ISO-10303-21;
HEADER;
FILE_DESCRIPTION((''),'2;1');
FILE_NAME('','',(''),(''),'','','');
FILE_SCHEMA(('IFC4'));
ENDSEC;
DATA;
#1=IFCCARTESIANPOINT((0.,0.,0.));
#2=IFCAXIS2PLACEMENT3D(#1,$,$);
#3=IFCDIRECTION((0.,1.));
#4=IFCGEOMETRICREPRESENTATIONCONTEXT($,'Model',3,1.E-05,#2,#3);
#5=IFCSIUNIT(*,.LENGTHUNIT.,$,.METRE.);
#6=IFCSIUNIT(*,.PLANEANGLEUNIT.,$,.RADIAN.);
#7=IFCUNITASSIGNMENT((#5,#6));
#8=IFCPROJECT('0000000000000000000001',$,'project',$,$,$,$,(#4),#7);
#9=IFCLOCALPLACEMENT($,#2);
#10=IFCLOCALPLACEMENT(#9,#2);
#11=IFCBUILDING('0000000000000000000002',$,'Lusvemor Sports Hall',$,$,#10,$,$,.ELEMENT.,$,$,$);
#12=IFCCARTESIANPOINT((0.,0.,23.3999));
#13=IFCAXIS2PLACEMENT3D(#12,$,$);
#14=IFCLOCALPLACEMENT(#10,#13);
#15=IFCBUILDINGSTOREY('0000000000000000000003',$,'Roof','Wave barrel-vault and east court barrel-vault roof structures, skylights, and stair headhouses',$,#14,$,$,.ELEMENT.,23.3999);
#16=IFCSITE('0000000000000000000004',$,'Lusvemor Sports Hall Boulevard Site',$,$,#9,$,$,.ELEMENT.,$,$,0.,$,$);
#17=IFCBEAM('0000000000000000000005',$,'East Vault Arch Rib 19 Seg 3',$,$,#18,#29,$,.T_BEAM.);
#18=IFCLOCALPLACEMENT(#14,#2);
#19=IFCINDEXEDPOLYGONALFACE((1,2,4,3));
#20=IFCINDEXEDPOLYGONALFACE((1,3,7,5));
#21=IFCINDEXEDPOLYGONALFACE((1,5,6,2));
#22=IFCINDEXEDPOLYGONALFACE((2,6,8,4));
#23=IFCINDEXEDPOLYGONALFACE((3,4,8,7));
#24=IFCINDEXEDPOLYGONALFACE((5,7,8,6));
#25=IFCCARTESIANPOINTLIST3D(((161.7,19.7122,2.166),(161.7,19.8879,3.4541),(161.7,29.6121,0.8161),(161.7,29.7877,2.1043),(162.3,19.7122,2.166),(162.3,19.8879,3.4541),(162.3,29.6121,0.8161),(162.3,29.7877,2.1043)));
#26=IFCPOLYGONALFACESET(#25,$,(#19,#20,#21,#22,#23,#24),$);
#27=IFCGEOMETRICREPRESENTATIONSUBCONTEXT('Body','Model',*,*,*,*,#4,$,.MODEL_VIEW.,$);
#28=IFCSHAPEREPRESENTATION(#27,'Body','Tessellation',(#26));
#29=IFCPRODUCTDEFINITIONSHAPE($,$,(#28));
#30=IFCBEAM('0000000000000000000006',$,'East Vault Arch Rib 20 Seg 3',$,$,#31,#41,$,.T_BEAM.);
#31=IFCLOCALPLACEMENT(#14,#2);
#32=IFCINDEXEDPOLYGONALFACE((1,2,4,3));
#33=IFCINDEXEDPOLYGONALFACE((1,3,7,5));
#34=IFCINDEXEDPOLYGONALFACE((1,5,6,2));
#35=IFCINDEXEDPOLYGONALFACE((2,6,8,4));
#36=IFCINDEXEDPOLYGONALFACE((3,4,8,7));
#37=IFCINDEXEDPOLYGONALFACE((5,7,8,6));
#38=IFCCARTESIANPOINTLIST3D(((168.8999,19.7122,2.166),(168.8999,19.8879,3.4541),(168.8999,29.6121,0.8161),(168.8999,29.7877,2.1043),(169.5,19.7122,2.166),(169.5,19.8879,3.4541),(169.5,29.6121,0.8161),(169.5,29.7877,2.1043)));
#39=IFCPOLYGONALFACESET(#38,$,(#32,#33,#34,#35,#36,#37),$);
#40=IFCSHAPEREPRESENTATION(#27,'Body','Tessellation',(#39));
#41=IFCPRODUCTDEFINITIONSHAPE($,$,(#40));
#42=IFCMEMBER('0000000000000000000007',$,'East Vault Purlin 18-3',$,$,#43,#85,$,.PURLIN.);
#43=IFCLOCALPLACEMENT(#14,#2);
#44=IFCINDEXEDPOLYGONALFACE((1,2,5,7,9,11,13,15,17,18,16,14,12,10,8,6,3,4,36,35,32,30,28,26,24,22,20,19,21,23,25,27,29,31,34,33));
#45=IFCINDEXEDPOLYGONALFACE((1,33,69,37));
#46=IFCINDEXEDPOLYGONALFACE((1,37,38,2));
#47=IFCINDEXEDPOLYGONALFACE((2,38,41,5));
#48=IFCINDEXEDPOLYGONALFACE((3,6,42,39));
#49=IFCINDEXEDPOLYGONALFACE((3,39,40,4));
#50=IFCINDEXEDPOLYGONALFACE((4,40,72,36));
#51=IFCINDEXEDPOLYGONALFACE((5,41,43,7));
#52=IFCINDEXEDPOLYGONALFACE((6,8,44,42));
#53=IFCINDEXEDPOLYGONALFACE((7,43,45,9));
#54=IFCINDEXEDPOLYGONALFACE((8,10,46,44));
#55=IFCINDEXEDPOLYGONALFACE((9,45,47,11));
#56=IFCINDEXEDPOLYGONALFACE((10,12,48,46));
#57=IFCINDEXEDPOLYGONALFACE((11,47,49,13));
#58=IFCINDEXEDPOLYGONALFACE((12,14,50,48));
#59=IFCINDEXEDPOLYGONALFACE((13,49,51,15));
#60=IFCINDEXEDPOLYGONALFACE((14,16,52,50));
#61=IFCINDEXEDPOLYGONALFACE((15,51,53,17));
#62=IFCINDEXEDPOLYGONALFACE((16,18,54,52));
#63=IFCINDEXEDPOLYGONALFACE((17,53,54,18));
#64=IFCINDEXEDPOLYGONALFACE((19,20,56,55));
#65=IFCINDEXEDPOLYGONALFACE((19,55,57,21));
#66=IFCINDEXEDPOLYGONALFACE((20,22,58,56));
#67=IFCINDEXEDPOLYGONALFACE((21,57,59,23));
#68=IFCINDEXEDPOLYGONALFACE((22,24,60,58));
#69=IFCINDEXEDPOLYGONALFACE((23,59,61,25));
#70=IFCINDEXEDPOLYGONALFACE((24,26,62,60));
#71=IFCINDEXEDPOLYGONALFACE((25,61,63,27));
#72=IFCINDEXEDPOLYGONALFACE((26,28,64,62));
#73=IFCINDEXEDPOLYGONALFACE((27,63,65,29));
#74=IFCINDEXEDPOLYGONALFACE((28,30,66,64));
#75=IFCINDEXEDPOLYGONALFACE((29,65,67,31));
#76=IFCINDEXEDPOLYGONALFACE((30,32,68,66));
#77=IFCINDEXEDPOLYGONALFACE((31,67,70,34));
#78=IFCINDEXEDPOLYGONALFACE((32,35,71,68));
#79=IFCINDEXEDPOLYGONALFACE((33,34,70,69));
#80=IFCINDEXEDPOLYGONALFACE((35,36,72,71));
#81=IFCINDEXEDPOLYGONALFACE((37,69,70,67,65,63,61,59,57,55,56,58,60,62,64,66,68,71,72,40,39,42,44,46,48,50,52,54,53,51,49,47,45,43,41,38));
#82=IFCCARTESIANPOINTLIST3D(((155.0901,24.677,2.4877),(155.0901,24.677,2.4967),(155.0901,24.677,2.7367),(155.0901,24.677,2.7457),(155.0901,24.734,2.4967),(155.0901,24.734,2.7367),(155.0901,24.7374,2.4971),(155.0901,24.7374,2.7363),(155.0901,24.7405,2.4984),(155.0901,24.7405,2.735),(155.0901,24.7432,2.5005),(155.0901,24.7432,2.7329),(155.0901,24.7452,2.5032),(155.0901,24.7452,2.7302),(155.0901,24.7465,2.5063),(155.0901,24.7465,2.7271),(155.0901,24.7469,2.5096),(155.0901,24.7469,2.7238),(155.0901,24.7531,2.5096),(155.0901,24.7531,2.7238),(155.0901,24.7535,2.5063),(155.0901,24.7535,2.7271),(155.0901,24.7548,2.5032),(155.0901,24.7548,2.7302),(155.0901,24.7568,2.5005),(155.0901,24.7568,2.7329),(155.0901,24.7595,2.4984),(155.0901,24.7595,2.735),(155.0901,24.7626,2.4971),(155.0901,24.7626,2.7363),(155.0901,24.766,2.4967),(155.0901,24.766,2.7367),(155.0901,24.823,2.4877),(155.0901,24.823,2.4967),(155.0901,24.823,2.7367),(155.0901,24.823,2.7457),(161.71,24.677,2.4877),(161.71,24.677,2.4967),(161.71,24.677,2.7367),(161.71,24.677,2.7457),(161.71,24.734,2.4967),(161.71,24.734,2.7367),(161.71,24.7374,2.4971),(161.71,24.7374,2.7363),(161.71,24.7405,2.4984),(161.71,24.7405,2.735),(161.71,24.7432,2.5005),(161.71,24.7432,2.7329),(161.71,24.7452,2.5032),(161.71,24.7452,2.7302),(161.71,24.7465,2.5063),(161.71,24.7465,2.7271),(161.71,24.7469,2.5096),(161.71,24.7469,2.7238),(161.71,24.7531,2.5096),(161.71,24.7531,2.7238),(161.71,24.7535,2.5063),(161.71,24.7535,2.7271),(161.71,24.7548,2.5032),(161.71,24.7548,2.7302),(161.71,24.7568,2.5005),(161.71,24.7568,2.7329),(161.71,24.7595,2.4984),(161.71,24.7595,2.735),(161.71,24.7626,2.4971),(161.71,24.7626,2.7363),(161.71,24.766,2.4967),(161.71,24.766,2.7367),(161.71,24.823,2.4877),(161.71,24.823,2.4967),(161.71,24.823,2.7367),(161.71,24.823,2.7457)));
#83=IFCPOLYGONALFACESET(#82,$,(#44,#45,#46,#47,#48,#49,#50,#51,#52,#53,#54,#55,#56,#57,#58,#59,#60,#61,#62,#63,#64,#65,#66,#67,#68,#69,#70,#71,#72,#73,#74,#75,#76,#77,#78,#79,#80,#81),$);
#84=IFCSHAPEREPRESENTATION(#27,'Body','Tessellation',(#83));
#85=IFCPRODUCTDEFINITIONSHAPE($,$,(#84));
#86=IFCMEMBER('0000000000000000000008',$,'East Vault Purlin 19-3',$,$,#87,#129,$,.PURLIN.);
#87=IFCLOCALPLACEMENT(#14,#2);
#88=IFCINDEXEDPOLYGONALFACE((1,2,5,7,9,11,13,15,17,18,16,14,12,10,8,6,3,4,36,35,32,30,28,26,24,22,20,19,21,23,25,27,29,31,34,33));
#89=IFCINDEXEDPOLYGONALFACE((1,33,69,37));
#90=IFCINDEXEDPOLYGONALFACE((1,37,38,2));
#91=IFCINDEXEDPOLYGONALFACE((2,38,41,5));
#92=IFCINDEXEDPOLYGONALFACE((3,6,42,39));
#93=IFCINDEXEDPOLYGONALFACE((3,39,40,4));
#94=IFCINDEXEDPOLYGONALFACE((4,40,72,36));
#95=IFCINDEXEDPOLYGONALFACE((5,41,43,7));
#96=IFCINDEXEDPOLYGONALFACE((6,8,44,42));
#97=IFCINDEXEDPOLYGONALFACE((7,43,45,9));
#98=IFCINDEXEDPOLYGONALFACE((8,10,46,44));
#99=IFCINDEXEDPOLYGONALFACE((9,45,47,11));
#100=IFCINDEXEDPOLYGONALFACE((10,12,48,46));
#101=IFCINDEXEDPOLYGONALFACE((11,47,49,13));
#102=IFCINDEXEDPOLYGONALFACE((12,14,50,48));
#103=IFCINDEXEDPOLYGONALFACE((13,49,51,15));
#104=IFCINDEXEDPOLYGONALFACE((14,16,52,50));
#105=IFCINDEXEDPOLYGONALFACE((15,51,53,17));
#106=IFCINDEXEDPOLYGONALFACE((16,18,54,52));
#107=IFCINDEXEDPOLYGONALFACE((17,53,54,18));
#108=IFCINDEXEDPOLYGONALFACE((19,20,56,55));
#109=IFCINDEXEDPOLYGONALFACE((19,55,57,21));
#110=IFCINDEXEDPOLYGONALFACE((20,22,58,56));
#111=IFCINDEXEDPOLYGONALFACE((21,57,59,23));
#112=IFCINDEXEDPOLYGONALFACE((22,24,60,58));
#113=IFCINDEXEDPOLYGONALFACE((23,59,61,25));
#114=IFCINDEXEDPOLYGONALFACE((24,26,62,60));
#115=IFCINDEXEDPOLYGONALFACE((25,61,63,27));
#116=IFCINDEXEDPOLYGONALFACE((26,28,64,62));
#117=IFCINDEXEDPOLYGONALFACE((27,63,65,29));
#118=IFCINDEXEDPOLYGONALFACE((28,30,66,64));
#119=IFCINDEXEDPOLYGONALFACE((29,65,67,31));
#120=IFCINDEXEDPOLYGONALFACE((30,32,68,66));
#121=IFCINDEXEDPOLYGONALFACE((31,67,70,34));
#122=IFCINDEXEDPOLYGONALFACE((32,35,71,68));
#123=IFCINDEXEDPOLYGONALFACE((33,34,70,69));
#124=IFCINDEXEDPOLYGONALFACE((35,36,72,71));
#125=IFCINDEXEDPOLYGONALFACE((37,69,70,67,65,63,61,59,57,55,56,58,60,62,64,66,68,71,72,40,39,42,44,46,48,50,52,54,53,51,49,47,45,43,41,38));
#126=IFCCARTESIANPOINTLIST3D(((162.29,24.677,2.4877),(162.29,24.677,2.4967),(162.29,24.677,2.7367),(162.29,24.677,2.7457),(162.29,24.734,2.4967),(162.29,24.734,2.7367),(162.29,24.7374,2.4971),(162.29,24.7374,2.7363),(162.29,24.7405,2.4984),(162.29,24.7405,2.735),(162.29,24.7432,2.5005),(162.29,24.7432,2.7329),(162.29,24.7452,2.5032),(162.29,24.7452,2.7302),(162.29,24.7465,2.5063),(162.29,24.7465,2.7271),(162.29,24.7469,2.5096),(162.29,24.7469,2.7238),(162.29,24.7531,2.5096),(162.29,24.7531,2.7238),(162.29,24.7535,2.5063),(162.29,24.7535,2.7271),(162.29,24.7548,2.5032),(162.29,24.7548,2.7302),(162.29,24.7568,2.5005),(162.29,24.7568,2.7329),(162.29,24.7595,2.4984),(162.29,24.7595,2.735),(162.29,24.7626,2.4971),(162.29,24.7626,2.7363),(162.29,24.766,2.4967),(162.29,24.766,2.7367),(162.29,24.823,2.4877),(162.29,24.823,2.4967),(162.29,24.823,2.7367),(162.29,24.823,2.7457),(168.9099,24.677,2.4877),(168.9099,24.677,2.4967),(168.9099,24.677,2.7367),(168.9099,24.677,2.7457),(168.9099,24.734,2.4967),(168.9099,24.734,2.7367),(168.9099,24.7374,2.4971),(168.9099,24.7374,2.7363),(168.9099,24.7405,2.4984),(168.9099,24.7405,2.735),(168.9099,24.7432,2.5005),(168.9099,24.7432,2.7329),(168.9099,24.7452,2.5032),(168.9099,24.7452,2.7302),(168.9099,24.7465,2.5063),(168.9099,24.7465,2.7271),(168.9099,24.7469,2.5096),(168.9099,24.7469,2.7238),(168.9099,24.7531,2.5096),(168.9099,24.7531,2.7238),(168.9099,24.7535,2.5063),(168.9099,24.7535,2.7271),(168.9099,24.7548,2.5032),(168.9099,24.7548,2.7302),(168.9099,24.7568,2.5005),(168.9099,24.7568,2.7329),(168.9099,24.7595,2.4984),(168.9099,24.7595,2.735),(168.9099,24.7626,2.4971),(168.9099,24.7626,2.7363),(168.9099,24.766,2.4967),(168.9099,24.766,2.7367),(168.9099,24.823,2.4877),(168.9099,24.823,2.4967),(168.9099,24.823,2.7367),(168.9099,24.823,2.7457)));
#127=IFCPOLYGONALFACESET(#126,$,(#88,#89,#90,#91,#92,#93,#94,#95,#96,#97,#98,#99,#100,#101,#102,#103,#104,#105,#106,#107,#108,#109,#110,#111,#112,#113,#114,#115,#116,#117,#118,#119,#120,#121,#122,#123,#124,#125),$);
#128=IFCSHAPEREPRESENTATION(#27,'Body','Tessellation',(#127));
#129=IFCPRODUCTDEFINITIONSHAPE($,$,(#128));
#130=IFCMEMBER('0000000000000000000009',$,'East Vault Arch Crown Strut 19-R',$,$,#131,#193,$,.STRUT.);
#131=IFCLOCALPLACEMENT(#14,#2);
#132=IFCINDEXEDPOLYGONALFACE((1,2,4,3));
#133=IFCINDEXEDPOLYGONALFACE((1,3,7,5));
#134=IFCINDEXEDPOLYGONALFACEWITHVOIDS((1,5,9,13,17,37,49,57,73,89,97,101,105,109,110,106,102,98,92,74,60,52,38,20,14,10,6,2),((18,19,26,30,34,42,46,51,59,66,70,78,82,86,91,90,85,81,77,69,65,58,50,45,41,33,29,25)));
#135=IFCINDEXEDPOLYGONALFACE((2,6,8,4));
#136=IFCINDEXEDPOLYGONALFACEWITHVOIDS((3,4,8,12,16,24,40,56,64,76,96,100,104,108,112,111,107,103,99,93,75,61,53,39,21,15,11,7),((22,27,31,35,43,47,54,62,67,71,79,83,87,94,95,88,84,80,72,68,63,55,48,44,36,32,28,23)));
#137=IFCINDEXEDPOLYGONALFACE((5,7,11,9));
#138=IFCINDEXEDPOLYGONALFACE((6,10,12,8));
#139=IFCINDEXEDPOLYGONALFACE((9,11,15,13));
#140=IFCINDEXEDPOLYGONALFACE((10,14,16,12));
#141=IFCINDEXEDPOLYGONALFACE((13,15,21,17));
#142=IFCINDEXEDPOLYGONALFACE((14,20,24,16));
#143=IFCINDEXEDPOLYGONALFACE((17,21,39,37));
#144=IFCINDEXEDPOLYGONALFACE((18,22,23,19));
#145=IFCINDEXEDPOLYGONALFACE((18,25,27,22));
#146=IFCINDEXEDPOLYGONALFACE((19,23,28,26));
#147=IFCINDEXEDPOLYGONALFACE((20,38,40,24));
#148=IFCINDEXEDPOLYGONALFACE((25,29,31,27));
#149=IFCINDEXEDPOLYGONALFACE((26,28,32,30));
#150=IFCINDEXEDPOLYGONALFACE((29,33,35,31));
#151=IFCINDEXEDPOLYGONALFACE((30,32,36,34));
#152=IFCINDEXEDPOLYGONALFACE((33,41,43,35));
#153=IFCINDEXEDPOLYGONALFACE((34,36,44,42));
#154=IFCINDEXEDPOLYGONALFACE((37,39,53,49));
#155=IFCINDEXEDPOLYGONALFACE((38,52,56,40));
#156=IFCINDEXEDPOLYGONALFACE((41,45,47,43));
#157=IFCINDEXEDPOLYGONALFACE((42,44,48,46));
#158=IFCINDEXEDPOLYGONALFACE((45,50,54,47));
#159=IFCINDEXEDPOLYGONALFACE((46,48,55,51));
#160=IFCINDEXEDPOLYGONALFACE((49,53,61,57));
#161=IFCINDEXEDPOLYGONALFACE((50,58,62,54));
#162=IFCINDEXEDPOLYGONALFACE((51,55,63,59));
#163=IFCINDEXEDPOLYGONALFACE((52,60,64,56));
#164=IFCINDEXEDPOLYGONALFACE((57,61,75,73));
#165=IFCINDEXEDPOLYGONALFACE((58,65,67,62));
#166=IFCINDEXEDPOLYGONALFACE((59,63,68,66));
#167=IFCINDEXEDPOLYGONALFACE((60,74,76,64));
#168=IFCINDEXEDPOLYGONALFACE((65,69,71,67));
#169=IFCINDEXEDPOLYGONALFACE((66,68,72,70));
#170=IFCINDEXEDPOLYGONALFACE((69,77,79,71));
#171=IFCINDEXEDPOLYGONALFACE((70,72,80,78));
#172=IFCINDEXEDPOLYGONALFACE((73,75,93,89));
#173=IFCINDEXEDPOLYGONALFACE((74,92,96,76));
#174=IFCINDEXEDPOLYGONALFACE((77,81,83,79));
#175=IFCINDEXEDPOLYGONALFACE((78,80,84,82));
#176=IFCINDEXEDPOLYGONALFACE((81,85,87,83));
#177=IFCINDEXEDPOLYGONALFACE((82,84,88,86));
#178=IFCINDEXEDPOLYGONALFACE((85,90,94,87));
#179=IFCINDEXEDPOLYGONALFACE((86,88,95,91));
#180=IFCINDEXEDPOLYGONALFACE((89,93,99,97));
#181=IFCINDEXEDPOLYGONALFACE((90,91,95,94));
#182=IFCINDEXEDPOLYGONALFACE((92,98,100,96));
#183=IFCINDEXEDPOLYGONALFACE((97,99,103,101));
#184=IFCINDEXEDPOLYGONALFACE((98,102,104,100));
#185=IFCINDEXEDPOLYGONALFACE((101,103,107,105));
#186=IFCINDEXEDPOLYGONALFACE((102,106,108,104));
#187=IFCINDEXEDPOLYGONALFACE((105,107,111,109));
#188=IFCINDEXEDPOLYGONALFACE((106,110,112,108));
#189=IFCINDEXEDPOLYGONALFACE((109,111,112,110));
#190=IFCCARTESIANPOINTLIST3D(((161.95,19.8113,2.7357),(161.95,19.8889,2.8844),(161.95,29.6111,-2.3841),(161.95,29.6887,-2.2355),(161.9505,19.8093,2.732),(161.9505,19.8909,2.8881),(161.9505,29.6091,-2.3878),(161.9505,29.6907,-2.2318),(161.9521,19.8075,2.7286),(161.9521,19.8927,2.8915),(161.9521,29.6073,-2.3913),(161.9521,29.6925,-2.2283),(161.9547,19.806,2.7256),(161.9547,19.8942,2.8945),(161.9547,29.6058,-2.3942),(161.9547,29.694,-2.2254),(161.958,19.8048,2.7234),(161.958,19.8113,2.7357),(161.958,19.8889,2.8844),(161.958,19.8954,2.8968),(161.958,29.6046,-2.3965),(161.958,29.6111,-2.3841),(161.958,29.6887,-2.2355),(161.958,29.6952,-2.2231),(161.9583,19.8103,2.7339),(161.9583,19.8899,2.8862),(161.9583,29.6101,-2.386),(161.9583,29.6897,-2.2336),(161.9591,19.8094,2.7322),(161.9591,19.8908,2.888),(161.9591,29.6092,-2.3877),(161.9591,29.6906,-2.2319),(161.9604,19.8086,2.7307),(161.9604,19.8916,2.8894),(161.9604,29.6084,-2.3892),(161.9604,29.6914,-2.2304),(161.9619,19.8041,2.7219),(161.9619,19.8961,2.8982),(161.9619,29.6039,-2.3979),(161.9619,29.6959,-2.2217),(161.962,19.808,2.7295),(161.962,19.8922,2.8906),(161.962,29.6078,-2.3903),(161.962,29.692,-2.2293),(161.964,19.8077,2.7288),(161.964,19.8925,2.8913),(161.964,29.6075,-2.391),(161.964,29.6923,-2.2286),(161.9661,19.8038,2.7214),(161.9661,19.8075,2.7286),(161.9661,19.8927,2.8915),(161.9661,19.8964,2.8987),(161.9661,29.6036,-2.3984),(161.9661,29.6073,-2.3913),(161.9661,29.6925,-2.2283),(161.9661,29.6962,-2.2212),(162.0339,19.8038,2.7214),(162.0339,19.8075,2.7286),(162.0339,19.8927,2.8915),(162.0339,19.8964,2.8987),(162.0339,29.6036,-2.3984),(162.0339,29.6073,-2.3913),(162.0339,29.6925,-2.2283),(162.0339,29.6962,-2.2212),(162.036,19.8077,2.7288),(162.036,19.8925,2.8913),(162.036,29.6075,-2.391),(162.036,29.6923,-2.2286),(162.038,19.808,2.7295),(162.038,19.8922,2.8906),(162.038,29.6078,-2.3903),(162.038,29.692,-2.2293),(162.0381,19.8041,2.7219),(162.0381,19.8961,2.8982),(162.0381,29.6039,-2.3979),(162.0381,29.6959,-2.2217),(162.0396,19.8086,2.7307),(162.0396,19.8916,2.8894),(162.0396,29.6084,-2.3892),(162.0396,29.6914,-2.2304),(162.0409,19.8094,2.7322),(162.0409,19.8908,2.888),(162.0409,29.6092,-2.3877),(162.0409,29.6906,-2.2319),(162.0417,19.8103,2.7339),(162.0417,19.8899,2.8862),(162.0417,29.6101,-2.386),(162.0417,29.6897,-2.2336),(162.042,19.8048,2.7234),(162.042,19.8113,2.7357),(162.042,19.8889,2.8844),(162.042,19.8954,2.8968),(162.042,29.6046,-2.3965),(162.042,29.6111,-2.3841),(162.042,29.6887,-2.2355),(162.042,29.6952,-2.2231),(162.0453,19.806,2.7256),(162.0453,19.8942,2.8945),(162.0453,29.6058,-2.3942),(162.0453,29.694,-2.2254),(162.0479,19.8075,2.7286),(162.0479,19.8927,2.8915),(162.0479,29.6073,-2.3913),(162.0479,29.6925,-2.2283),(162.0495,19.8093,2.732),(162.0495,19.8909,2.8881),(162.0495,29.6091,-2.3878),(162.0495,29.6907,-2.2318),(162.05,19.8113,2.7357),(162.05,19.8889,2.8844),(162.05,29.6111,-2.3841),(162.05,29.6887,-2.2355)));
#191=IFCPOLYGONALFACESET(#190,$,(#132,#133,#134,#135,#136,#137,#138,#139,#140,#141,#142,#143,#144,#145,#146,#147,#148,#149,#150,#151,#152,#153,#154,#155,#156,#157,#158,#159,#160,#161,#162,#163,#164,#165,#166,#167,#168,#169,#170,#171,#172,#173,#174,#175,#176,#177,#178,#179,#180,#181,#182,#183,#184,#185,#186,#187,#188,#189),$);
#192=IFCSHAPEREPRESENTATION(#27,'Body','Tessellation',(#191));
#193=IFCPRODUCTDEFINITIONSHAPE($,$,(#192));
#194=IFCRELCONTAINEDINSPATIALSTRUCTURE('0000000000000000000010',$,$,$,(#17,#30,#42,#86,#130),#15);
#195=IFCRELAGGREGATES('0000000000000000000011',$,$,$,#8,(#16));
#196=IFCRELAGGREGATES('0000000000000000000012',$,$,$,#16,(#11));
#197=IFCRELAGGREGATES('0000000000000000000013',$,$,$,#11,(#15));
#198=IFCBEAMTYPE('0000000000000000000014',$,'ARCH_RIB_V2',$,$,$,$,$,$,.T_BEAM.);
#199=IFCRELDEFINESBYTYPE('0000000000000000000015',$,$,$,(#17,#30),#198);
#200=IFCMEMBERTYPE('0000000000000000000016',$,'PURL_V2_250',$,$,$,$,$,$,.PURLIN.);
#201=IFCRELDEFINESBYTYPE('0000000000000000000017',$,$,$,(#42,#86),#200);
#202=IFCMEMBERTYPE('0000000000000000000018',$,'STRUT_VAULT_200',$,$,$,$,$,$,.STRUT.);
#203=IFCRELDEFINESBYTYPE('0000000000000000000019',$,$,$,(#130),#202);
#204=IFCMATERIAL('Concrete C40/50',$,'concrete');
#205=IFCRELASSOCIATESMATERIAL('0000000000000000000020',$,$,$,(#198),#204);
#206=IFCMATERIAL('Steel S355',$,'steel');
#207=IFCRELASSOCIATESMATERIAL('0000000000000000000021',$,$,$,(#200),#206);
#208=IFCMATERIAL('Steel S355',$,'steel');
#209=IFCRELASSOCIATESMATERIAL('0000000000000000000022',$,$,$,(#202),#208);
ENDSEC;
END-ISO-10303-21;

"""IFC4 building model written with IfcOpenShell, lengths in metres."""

from ifc_helpers import new_model, si_unit, direction, frame, origin, origin_2d, place, context, subcontext, project, spatial, rectangle, hollow_rectangle, i_section, extrude, material, material_profile, profile_set, type_object, element, save


model = new_model("IFC4")

# Units and contexts
model_context = context("Model", 3, precision=1e-05, world=origin(), true_north=direction((0.0, 1.0)))
body_context = subcontext(model_context, "Body", "Model", "MODEL_VIEW")
ifc_project = project(units=[si_unit("LENGTHUNIT", "METRE"), si_unit("PLANEANGLEUNIT", "RADIAN")], contexts=[model_context])

# Site, building, storey
site_placement = place(None, origin())
site = spatial("IfcSite", under=ifc_project, at=site_placement, Name="Lusvemor Sports Hall Boulevard Site", CompositionType="ELEMENT", RefElevation=0.0)
building_placement = place(site_placement, origin())
building = spatial("IfcBuilding", under=site, at=building_placement, Name="Lusvemor Sports Hall", CompositionType="ELEMENT")
storey_placement = place(building_placement, frame((0.0, 0.0, 23.3999)))
storey = spatial("IfcBuildingStorey", under=building, at=storey_placement, Name="Roof", Description="Wave barrel-vault and east court barrel-vault roof structures, skylights, and stair headhouses", CompositionType="ELEMENT", Elevation=23.3999)

# Beams
ifc_material_1 = material(Name="Concrete C40/50", Category="concrete")
ifc_material_profile_1 = material_profile(ifc_material_1, rectangle(XDim=0.6001, YDim=1.3, at=origin_2d()), Name="RC600x1300")
ifc_profile_set_1 = profile_set([ifc_material_profile_1], Name="Concrete C40/50")
beam_type = type_object("IfcBeamType", Name="ARCH_RIB_V2", PredefinedType="T_BEAM", material=ifc_profile_set_1)
for number, where, z_axis, x_axis, name in (
    (1, (162.0, 19.8, 2.8101), (0.0, 0.990832, -0.1351), (-1.0, 0.0, 0.0), "East Vault Arch Rib 19 Seg 3"),
    (2, (169.2, 19.8, 2.8101), (0.0, 0.990832, -0.1351), (-1.0, 0.0, 0.0), "East Vault Arch Rib 20 Seg 3"),
):
    element("IfcBeam", number, at=place(storey_placement, frame(where, z_axis=z_axis, x_axis=x_axis)), inside=storey, type_object=beam_type, Name=name, PredefinedType="T_BEAM", context=body_context, shape_type="SweptSolid", body=[
        extrude(rectangle(XDim=0.6001, YDim=1.3, at=origin_2d()), origin(), (0.0, 0.0, 1.0), 9.9915),
    ])

# Members
ifc_material_2 = material(Name="Steel S355", Category="steel")
ifc_material_profile_2 = material_profile(ifc_material_2, i_section(OverallWidth=0.146, OverallDepth=0.2581, WebThickness=0.0061, FlangeThickness=0.009, FilletRadius=0.0129, at=origin_2d()), Name="W250x32.7")
ifc_profile_set_2 = profile_set([ifc_material_profile_2], Name="Steel S355")
member_type_1 = type_object("IfcMemberType", Name="PURL_V2_250", PredefinedType="PURLIN", material=ifc_profile_set_2)
for number, where, z_axis, x_axis, name in (
    (3, (155.0901, 24.75, 2.6167), (1.0, 0.0, 0.0), (0.0, 1.0, 0.0), "East Vault Purlin 18-3"),
    (4, (162.29, 24.75, 2.6167), (1.0, 0.0, 0.0), (0.0, 1.0, 0.0), "East Vault Purlin 19-3"),
):
    element("IfcMember", number, at=place(storey_placement, frame(where, z_axis=z_axis, x_axis=x_axis)), inside=storey, type_object=member_type_1, Name=name, PredefinedType="PURLIN", context=body_context, shape_type="SweptSolid", body=[
        extrude(i_section(OverallWidth=0.146, OverallDepth=0.2581, WebThickness=0.0061, FlangeThickness=0.009, FilletRadius=0.0129, at=origin_2d()), origin(), (0.0, 0.0, 1.0), 6.6199),
    ])
ifc_material_3 = material(Name="Steel S355", Category="steel")
ifc_material_profile_3 = material_profile(ifc_material_3, hollow_rectangle(XDim=0.1001, YDim=0.2, WallThickness=0.0081, InnerFilletRadius=0.0081, OuterFilletRadius=0.0161, at=origin_2d()), Name="RHS200x100x8")
ifc_profile_set_3 = profile_set([ifc_material_profile_3], Name="Steel S355")
member_type_2 = type_object("IfcMemberType", Name="STRUT_VAULT_200", PredefinedType="STRUT", material=ifc_profile_set_3)
member_1_placement = place(storey_placement, frame((162.0, 29.6499, -2.3098), z_axis=(0.0, -0.886328, 0.463059), x_axis=(1.0, 0.0, 0.0)))
element("IfcMember", 5, at=member_1_placement, inside=storey, type_object=member_type_2, Name="East Vault Arch Crown Strut 19-R", PredefinedType="STRUT", context=body_context, shape_type="SweptSolid", body=[
    extrude(hollow_rectangle(XDim=0.1001, YDim=0.2, WallThickness=0.0081, InnerFilletRadius=0.0081, OuterFilletRadius=0.0161, at=origin_2d()), origin(), (0.0, 0.0, 1.0), 11.0566),
])

save(model, "model.ifc")
